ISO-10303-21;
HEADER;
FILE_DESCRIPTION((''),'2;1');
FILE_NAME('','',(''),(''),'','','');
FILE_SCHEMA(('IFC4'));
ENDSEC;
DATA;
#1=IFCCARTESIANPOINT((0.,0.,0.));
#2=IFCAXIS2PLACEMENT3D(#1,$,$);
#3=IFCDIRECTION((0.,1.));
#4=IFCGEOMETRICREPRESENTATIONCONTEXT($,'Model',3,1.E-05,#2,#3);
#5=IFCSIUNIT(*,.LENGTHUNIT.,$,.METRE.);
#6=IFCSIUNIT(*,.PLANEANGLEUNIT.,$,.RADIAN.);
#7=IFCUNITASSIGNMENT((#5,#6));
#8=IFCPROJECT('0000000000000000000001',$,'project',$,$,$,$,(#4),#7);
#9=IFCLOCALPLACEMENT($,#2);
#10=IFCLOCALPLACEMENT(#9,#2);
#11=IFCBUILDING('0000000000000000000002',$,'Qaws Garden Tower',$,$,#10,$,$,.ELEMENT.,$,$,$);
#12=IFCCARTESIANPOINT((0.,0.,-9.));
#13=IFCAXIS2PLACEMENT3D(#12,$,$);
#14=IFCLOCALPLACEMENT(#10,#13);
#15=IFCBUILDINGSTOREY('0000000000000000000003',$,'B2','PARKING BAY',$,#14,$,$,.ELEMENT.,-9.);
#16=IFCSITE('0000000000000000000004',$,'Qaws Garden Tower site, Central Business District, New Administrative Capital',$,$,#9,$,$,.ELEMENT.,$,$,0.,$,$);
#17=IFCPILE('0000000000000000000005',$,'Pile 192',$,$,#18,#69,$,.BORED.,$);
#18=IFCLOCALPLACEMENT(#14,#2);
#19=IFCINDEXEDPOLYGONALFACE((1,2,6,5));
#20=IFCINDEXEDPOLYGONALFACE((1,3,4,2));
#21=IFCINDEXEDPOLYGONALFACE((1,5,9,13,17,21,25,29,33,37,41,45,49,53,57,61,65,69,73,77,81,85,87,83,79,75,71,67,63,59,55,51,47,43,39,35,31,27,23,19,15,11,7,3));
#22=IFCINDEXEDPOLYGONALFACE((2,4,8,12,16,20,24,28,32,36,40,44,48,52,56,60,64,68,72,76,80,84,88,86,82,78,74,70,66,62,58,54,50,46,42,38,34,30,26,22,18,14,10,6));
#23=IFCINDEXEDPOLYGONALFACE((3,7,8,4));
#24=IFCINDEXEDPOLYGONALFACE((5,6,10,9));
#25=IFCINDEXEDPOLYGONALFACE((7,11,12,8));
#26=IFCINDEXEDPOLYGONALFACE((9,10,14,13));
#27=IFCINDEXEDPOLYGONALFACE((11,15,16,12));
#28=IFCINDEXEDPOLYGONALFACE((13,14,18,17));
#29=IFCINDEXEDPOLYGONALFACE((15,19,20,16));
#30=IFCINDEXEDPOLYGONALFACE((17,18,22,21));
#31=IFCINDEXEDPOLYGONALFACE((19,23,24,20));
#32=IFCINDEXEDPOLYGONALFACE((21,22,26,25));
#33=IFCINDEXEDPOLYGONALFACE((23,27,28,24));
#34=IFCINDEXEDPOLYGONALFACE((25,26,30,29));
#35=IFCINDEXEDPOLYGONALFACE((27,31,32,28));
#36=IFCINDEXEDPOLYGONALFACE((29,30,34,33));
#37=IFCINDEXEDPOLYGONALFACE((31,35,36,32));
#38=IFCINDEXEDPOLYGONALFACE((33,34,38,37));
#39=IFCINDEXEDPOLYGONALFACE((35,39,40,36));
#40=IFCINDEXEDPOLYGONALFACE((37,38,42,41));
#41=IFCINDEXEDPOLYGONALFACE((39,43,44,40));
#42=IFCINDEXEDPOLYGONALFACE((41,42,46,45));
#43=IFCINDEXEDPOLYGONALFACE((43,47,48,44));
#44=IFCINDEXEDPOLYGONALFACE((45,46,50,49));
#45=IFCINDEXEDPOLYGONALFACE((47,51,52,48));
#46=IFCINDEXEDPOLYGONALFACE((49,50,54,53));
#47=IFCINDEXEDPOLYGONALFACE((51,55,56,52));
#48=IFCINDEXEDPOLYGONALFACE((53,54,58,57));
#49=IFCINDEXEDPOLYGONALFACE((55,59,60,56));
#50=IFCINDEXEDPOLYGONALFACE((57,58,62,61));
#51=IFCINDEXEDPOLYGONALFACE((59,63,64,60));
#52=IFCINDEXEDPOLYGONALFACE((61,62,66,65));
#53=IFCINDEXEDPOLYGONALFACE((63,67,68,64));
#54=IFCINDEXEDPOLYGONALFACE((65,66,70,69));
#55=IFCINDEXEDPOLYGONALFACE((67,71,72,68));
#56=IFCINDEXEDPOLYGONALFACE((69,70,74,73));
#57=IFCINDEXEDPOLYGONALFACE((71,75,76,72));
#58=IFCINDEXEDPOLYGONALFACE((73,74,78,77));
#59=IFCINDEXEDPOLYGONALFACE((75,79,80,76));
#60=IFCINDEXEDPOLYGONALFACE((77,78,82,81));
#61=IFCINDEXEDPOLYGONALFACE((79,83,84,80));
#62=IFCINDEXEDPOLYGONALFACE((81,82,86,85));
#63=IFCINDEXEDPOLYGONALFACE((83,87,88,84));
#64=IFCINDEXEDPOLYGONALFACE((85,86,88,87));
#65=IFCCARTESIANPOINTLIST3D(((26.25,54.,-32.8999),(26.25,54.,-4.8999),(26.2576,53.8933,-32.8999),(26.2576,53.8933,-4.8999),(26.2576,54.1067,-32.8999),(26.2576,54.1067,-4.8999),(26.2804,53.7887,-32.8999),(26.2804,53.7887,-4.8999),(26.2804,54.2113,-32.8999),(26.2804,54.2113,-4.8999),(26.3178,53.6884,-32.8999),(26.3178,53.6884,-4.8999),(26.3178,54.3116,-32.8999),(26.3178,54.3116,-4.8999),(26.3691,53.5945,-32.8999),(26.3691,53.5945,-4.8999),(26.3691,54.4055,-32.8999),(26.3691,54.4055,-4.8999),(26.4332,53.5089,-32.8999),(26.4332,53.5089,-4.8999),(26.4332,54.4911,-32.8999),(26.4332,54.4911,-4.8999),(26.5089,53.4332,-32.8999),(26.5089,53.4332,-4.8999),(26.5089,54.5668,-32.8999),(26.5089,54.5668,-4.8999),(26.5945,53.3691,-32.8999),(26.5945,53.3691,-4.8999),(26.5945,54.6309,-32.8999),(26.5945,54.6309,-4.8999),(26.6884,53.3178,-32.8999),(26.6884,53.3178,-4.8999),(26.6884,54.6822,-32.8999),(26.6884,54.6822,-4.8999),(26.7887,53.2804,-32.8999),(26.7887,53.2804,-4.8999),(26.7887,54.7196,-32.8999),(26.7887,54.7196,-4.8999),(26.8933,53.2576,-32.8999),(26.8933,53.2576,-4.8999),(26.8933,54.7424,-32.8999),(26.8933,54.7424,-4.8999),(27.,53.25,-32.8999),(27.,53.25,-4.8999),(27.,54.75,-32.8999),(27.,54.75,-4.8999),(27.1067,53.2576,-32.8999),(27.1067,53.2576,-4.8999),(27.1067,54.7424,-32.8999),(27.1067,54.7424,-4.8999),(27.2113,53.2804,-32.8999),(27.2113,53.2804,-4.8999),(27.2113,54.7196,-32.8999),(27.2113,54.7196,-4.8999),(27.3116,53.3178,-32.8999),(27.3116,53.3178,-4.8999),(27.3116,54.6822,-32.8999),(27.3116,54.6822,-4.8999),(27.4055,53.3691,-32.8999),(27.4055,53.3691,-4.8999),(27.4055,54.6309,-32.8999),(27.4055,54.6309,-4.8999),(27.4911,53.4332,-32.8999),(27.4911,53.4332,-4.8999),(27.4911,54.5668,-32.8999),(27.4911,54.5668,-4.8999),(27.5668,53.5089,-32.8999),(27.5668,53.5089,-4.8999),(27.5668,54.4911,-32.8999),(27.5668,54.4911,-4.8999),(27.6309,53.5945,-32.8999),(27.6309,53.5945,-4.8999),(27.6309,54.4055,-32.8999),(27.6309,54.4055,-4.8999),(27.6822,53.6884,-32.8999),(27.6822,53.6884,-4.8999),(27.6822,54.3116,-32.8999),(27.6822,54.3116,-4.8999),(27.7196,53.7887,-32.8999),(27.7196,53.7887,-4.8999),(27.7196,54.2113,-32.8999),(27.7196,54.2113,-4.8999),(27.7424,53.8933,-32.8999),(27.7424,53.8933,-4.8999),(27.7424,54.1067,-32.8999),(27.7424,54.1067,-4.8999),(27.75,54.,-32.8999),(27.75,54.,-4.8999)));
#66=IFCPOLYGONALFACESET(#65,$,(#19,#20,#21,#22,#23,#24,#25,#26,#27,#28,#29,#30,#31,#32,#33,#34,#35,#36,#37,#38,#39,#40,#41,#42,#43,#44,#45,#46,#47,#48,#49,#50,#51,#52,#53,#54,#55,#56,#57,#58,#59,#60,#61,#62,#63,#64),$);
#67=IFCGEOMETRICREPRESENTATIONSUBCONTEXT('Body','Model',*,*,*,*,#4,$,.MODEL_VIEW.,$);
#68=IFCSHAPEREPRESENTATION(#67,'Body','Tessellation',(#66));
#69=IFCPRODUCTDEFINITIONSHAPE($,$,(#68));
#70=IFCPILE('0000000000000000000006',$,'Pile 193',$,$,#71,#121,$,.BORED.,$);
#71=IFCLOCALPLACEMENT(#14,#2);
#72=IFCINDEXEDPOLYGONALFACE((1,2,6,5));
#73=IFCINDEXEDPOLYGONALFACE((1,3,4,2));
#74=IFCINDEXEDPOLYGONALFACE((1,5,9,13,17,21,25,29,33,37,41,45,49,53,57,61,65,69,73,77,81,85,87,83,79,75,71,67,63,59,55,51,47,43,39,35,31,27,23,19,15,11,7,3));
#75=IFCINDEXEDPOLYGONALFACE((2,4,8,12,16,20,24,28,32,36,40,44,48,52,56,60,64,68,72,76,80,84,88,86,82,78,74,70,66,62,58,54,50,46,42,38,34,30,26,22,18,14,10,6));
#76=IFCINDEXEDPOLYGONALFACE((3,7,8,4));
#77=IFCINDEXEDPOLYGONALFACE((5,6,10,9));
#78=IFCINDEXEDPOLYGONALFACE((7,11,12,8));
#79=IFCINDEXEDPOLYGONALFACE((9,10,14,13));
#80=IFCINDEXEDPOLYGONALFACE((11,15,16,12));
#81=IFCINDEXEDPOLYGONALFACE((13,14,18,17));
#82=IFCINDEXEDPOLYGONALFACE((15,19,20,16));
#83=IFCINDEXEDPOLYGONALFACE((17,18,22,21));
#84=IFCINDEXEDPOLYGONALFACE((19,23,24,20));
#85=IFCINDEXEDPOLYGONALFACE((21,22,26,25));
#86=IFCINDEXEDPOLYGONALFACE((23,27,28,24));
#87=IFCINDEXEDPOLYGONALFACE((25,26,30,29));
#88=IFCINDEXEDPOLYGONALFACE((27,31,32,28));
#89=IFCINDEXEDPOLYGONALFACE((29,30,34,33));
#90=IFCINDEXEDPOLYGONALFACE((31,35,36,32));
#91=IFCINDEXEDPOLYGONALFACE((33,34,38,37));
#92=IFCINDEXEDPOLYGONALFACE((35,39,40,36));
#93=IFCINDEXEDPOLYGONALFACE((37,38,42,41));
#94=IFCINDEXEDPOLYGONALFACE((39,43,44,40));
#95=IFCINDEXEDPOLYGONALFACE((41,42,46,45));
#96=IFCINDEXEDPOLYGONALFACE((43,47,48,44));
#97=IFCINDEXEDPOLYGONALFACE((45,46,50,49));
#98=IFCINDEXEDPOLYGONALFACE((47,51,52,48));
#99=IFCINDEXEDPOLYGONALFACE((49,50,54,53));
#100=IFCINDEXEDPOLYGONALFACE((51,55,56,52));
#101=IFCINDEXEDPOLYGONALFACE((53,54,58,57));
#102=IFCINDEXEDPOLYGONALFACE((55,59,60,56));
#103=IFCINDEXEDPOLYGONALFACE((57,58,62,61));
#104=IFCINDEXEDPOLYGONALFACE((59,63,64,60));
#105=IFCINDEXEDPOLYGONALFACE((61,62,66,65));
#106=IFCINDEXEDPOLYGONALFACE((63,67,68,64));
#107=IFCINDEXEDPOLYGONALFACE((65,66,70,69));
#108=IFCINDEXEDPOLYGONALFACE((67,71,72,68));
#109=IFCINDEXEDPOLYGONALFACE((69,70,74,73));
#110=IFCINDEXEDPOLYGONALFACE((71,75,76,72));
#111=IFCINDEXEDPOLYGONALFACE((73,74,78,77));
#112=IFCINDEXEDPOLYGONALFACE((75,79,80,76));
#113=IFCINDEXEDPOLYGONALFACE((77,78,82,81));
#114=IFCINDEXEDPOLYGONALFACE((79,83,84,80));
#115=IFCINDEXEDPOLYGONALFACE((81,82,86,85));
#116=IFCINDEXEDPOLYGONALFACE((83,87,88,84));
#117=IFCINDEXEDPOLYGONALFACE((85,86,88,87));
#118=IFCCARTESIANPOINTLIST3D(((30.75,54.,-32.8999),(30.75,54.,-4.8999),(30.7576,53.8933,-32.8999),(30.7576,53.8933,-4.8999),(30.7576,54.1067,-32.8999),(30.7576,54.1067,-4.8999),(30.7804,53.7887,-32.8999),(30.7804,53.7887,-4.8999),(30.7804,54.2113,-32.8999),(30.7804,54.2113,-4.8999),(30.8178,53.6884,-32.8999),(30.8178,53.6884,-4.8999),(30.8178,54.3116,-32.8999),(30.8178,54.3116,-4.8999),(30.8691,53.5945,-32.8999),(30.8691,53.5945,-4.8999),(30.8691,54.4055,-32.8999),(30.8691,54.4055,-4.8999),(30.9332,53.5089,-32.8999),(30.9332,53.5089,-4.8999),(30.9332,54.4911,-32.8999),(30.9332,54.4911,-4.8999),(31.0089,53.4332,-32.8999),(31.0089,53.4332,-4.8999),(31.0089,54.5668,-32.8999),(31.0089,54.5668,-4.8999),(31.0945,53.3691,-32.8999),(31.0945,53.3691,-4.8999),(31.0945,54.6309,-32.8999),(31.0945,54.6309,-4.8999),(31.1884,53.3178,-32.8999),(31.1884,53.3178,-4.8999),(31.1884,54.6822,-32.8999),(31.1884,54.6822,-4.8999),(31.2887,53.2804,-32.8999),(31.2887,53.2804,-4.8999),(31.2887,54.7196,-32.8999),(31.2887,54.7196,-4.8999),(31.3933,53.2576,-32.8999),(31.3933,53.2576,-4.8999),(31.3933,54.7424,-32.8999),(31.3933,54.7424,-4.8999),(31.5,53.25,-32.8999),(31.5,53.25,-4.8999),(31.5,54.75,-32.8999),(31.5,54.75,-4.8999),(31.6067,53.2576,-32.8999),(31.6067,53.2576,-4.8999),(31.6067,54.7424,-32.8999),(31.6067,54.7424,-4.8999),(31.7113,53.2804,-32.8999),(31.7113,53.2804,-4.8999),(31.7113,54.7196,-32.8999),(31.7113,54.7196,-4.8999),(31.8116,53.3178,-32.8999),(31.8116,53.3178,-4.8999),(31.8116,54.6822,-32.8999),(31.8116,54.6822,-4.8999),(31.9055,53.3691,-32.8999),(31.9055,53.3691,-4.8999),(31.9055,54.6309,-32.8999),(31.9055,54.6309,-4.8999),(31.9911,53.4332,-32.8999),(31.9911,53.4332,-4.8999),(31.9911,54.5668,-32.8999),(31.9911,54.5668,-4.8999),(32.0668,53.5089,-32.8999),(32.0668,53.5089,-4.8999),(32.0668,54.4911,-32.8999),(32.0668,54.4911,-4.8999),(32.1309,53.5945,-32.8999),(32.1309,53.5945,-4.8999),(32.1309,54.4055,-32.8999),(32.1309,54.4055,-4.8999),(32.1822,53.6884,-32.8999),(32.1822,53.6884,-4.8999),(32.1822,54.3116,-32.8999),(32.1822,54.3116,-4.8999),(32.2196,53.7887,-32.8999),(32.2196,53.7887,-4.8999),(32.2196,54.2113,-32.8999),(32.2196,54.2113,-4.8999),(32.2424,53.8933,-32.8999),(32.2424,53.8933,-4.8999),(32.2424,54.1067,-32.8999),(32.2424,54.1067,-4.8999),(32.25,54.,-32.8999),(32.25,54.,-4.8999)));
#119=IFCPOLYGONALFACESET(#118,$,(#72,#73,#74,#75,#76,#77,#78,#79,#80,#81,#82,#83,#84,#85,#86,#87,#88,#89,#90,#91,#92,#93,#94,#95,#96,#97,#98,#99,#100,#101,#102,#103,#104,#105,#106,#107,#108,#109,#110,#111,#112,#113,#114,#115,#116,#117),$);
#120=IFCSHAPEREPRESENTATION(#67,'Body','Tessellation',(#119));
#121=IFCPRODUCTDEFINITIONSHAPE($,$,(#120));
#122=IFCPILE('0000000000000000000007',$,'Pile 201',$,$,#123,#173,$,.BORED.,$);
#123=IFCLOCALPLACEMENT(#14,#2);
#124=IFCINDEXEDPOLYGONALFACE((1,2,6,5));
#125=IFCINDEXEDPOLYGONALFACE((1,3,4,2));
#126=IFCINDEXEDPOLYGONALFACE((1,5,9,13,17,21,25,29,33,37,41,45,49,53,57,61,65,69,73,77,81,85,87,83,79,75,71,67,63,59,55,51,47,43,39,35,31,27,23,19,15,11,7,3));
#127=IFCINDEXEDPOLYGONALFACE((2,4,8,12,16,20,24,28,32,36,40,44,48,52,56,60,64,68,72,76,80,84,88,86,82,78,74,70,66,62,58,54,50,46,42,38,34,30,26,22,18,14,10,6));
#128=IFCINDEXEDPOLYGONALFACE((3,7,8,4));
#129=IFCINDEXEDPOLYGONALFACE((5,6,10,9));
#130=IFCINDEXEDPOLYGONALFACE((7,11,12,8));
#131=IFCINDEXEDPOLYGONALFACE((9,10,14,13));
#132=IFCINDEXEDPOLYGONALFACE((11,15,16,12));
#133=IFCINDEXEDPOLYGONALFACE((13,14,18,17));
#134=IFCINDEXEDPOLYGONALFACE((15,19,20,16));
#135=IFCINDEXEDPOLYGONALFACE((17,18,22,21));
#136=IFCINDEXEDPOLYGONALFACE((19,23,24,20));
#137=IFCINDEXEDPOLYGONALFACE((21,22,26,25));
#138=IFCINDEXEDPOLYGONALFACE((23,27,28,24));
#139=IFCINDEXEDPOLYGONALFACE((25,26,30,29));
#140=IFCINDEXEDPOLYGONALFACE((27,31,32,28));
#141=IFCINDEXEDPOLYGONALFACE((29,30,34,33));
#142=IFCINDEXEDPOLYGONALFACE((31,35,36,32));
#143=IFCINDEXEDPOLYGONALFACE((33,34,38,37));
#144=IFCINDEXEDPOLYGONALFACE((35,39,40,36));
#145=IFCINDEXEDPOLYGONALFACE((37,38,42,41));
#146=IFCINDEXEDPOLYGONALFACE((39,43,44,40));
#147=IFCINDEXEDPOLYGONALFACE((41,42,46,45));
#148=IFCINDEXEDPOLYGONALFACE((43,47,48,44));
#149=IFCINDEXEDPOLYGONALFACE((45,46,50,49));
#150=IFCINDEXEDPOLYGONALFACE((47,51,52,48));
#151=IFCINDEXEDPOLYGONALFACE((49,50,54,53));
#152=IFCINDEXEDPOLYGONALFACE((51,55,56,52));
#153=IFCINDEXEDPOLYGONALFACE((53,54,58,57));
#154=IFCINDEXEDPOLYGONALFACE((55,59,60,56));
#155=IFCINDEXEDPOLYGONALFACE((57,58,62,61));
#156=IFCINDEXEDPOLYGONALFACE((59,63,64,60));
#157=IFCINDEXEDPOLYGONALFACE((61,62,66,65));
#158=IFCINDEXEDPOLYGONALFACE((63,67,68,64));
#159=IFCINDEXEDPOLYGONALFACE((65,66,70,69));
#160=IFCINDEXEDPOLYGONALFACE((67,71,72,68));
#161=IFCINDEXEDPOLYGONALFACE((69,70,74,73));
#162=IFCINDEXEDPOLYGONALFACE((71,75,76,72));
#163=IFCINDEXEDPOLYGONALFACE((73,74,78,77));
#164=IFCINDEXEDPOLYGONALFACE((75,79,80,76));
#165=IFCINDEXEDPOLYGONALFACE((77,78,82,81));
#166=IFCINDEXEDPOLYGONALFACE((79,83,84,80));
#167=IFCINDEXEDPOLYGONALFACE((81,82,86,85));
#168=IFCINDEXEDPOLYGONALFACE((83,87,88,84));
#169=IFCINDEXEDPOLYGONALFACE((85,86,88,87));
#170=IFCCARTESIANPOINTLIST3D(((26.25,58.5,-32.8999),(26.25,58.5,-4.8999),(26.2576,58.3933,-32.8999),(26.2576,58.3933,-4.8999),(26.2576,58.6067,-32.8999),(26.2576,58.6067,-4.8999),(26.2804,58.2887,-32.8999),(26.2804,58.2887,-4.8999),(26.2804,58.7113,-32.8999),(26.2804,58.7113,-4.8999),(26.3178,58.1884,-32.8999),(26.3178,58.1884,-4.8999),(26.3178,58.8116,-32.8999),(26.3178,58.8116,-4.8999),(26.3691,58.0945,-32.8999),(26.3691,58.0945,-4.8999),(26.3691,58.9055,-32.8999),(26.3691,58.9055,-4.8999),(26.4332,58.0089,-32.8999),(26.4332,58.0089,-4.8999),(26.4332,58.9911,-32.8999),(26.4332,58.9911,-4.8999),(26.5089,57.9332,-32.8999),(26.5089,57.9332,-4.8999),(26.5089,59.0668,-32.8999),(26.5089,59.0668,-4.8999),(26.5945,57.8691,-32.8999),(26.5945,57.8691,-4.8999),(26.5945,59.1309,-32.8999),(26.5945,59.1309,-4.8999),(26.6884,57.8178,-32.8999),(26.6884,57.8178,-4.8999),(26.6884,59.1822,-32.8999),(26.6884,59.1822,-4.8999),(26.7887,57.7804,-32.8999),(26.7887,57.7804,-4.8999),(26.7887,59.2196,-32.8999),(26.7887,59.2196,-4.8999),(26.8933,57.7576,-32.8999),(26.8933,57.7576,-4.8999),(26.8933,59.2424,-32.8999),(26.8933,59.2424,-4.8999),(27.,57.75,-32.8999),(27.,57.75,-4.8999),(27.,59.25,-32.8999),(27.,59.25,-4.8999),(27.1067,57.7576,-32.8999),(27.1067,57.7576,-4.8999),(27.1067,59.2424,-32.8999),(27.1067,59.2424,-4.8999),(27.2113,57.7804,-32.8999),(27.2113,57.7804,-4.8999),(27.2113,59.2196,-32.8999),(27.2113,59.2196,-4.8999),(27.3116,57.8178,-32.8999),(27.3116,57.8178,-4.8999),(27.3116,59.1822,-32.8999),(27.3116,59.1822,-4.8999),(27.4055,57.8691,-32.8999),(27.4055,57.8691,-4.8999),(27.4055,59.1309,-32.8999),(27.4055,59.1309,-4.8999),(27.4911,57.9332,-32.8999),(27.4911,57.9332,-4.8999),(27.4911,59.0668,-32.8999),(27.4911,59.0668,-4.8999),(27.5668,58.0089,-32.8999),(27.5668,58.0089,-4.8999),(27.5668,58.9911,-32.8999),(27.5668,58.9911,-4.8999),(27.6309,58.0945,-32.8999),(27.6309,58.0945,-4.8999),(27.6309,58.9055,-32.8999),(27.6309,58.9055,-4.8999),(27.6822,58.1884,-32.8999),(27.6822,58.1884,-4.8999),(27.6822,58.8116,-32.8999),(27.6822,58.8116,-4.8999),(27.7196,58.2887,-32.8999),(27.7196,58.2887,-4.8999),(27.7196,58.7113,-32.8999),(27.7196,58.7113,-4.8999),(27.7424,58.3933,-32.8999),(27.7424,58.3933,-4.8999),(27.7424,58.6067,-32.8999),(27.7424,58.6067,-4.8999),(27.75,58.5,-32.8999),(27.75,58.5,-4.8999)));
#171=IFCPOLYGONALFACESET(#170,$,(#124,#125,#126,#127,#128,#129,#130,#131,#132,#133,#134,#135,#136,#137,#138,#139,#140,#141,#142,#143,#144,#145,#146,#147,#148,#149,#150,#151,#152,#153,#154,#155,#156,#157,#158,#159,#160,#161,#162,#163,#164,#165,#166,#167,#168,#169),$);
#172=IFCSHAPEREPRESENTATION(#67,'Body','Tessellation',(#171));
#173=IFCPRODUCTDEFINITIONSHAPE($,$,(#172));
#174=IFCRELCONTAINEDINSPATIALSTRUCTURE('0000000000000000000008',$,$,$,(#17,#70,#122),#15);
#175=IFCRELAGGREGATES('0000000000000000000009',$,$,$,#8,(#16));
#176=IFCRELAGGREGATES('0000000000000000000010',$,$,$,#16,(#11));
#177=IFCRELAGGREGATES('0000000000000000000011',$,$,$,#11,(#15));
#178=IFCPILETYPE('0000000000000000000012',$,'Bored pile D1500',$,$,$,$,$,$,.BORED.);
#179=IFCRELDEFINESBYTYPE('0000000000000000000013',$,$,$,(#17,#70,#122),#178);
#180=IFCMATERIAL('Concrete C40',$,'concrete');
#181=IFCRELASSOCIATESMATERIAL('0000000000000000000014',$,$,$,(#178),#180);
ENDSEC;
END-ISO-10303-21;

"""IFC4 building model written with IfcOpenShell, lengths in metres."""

from ifc_helpers import new_model, si_unit, direction, frame, origin, origin_2d, place, context, subcontext, project, spatial, circle, extrude, material, material_profile, profile_set, type_object, element, save


model = new_model("IFC4")

# Units and contexts
model_context = context("Model", 3, precision=1e-05, world=origin(), true_north=direction((0.0, 1.0)))
body_context = subcontext(model_context, "Body", "Model", "MODEL_VIEW")
ifc_project = project(units=[si_unit("LENGTHUNIT", "METRE"), si_unit("PLANEANGLEUNIT", "RADIAN")], contexts=[model_context])

# Site, building, storey
site_placement = place(None, origin())
site = spatial("IfcSite", under=ifc_project, at=site_placement, Name="Qaws Garden Tower site, Central Business District, New Administrative Capital", CompositionType="ELEMENT", RefElevation=0.0)
building_placement = place(site_placement, origin())
building = spatial("IfcBuilding", under=site, at=building_placement, Name="Qaws Garden Tower", CompositionType="ELEMENT")
storey_placement = place(building_placement, frame((0.0, 0.0, -9.0)))
storey = spatial("IfcBuildingStorey", under=building, at=storey_placement, Name="B2", Description="PARKING BAY", CompositionType="ELEMENT", Elevation=-9.0)

# Piles
ifc_material_1 = material(Name="Concrete C40", Category="concrete")
ifc_material_profile_1 = material_profile(ifc_material_1, circle(Radius=0.75, at=origin_2d()), Name="Bored pile D1500")
ifc_profile_set_1 = profile_set([ifc_material_profile_1], Name="Concrete C40")
pile_type = type_object("IfcPileType", Name="Bored pile D1500", PredefinedType="BORED", material=ifc_profile_set_1)
for number, where, z_axis, x_axis, name in (
    (1, (27.0, 54.0, -4.8999), (0.0, 0.0, -1.0), (1.0, 0.0, 0.0), "Pile 192"),
    (2, (31.5, 54.0, -4.8999), (0.0, 0.0, -1.0), (1.0, 0.0, 0.0), "Pile 193"),
    (3, (27.0, 58.5, -4.8999), (0.0, 0.0, -1.0), (1.0, 0.0, 0.0), "Pile 201"),
):
    element("IfcPile", number, at=place(storey_placement, frame(where, z_axis=z_axis, x_axis=x_axis)), inside=storey, type_object=pile_type, Name=name, PredefinedType="BORED", context=body_context, shape_type="SweptSolid", body=[
        extrude(circle(Radius=0.75, at=origin_2d()), origin(), (0.0, 0.0, 1.0), 28.0),
    ])

save(model, "model.ifc")
